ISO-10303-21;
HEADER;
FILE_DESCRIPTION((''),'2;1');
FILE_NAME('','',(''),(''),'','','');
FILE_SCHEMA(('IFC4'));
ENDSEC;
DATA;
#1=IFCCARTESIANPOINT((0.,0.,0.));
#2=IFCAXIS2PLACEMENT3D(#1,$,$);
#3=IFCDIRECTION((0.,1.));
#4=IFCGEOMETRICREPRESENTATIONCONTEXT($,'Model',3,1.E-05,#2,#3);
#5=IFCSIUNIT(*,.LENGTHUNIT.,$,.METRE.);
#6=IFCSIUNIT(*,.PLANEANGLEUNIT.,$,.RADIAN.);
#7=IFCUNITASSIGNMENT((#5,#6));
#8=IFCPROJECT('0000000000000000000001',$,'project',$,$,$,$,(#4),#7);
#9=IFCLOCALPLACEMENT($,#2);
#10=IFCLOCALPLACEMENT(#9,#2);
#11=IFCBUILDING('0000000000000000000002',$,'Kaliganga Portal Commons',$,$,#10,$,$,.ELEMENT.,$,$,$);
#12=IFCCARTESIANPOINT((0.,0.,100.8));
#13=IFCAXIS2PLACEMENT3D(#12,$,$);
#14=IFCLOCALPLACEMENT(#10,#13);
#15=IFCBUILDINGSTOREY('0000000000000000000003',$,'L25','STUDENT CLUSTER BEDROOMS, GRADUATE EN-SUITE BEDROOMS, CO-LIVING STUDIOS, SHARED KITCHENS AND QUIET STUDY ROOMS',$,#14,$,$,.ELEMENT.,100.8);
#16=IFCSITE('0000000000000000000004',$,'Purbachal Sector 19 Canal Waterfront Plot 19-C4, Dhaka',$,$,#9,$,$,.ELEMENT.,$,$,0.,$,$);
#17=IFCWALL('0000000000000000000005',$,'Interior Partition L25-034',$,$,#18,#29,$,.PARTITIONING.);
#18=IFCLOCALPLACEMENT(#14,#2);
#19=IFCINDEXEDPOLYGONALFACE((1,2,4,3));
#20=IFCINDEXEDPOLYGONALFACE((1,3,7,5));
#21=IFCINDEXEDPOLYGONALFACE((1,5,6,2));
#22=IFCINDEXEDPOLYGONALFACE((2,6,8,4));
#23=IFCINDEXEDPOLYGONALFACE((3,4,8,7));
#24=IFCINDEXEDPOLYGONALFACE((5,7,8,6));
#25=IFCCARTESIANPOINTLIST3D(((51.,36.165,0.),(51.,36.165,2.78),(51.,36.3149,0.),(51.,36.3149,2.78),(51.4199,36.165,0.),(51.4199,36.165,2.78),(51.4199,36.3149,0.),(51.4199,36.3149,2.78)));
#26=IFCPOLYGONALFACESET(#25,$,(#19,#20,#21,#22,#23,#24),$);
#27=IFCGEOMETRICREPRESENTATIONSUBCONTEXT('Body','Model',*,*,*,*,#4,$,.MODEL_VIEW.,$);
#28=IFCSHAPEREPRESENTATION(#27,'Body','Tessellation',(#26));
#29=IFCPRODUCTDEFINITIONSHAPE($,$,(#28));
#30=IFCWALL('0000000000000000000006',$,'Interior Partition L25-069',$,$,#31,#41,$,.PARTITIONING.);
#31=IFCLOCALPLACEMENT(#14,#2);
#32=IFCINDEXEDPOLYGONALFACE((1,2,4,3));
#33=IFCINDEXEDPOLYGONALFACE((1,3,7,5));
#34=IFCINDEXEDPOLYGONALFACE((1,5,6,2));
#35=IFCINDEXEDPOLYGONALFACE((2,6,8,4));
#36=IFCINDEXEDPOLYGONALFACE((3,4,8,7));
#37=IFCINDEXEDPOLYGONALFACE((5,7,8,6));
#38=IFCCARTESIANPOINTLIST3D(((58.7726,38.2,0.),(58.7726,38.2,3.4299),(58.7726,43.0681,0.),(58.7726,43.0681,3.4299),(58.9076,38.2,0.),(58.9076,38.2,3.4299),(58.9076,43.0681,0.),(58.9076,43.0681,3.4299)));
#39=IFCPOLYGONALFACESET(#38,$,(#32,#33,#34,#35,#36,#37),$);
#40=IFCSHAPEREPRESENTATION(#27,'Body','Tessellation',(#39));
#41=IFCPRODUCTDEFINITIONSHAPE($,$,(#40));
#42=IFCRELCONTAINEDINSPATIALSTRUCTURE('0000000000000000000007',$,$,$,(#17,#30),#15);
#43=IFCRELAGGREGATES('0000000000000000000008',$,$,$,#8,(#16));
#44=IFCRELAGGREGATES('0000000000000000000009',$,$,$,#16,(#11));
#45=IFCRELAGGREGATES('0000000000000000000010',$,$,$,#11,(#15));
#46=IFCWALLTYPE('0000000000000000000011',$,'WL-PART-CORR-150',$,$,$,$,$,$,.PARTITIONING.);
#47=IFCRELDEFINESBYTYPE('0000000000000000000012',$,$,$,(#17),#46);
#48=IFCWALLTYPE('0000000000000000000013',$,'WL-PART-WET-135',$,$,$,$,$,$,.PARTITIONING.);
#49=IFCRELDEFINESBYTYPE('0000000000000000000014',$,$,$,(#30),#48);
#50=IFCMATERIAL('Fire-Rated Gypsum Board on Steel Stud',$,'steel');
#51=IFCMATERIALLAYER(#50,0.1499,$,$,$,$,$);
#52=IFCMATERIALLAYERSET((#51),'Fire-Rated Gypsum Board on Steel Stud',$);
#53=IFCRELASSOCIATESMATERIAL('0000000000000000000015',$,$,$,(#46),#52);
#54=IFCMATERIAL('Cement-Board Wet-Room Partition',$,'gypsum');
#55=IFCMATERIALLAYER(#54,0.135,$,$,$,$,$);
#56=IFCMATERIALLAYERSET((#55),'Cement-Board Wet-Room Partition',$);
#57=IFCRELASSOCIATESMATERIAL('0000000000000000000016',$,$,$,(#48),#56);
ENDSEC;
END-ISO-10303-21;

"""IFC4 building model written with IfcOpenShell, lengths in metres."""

from ifc_helpers import new_model, si_unit, direction, frame, frame_2d, origin, place, context, subcontext, project, spatial, rectangle, extrude, material, layer, layer_set, type_object, element, save


model = new_model("IFC4")

# Units and contexts
model_context = context("Model", 3, precision=1e-05, world=origin(), true_north=direction((0.0, 1.0)))
body_context = subcontext(model_context, "Body", "Model", "MODEL_VIEW")
ifc_project = project(units=[si_unit("LENGTHUNIT", "METRE"), si_unit("PLANEANGLEUNIT", "RADIAN")], contexts=[model_context])

# Site, building, storey
site_placement = place(None, origin())
site = spatial("IfcSite", under=ifc_project, at=site_placement, Name="Purbachal Sector 19 Canal Waterfront Plot 19-C4, Dhaka", CompositionType="ELEMENT", RefElevation=0.0)
building_placement = place(site_placement, origin())
building = spatial("IfcBuilding", under=site, at=building_placement, Name="Kaliganga Portal Commons", CompositionType="ELEMENT")
storey_placement = place(building_placement, frame((0.0, 0.0, 100.8)))
storey = spatial("IfcBuildingStorey", under=building, at=storey_placement, Name="L25", Description="STUDENT CLUSTER BEDROOMS, GRADUATE EN-SUITE BEDROOMS, CO-LIVING STUDIOS, SHARED KITCHENS AND QUIET STUDY ROOMS", CompositionType="ELEMENT", Elevation=100.8)

# Shared definitions
ifc_material_1 = material(Name="Fire-Rated Gypsum Board on Steel Stud", Category="steel")
ifc_layer_1 = layer(ifc_material_1, 0.1499)
ifc_layer_set_1 = layer_set([ifc_layer_1], Name="Fire-Rated Gypsum Board on Steel Stud")
wall_type_1 = type_object("IfcWallType", Name="WL-PART-CORR-150", PredefinedType="PARTITIONING", material=ifc_layer_set_1)

# Wall
wall_1_placement = place(storey_placement, frame((51.0, 36.24, 0.0), z_axis=(0.0, 0.0, 1.0), x_axis=(1.0, 0.0, 0.0)))
element("IfcWall", 1, at=wall_1_placement, inside=storey, type_object=wall_type_1, Name="Interior Partition L25-034", PredefinedType="PARTITIONING", context=body_context, shape_type="SweptSolid", body=[
    extrude(rectangle(XDim=0.4199, YDim=0.1499, at=frame_2d((0.21, 0.0))), origin(), (0.0, 0.0, 1.0), 2.78),
])

# Wall
ifc_material_2 = material(Name="Cement-Board Wet-Room Partition", Category="gypsum")
ifc_layer_2 = layer(ifc_material_2, 0.135)
ifc_layer_set_2 = layer_set([ifc_layer_2], Name="Cement-Board Wet-Room Partition")
wall_type_2 = type_object("IfcWallType", Name="WL-PART-WET-135", PredefinedType="PARTITIONING", material=ifc_layer_set_2)
wall_2_placement = place(storey_placement, frame((58.8401, 38.2, 0.0), z_axis=(0.0, 0.0, 1.0), x_axis=(0.0, 1.0, 0.0)))
element("IfcWall", 2, at=wall_2_placement, inside=storey, type_object=wall_type_2, Name="Interior Partition L25-069", PredefinedType="PARTITIONING", context=body_context, shape_type="SweptSolid", body=[
    extrude(rectangle(XDim=4.8682, YDim=0.135, at=frame_2d((2.4341, 0.0))), origin(), (0.0, 0.0, 1.0), 3.4299),
])

save(model, "model.ifc")
